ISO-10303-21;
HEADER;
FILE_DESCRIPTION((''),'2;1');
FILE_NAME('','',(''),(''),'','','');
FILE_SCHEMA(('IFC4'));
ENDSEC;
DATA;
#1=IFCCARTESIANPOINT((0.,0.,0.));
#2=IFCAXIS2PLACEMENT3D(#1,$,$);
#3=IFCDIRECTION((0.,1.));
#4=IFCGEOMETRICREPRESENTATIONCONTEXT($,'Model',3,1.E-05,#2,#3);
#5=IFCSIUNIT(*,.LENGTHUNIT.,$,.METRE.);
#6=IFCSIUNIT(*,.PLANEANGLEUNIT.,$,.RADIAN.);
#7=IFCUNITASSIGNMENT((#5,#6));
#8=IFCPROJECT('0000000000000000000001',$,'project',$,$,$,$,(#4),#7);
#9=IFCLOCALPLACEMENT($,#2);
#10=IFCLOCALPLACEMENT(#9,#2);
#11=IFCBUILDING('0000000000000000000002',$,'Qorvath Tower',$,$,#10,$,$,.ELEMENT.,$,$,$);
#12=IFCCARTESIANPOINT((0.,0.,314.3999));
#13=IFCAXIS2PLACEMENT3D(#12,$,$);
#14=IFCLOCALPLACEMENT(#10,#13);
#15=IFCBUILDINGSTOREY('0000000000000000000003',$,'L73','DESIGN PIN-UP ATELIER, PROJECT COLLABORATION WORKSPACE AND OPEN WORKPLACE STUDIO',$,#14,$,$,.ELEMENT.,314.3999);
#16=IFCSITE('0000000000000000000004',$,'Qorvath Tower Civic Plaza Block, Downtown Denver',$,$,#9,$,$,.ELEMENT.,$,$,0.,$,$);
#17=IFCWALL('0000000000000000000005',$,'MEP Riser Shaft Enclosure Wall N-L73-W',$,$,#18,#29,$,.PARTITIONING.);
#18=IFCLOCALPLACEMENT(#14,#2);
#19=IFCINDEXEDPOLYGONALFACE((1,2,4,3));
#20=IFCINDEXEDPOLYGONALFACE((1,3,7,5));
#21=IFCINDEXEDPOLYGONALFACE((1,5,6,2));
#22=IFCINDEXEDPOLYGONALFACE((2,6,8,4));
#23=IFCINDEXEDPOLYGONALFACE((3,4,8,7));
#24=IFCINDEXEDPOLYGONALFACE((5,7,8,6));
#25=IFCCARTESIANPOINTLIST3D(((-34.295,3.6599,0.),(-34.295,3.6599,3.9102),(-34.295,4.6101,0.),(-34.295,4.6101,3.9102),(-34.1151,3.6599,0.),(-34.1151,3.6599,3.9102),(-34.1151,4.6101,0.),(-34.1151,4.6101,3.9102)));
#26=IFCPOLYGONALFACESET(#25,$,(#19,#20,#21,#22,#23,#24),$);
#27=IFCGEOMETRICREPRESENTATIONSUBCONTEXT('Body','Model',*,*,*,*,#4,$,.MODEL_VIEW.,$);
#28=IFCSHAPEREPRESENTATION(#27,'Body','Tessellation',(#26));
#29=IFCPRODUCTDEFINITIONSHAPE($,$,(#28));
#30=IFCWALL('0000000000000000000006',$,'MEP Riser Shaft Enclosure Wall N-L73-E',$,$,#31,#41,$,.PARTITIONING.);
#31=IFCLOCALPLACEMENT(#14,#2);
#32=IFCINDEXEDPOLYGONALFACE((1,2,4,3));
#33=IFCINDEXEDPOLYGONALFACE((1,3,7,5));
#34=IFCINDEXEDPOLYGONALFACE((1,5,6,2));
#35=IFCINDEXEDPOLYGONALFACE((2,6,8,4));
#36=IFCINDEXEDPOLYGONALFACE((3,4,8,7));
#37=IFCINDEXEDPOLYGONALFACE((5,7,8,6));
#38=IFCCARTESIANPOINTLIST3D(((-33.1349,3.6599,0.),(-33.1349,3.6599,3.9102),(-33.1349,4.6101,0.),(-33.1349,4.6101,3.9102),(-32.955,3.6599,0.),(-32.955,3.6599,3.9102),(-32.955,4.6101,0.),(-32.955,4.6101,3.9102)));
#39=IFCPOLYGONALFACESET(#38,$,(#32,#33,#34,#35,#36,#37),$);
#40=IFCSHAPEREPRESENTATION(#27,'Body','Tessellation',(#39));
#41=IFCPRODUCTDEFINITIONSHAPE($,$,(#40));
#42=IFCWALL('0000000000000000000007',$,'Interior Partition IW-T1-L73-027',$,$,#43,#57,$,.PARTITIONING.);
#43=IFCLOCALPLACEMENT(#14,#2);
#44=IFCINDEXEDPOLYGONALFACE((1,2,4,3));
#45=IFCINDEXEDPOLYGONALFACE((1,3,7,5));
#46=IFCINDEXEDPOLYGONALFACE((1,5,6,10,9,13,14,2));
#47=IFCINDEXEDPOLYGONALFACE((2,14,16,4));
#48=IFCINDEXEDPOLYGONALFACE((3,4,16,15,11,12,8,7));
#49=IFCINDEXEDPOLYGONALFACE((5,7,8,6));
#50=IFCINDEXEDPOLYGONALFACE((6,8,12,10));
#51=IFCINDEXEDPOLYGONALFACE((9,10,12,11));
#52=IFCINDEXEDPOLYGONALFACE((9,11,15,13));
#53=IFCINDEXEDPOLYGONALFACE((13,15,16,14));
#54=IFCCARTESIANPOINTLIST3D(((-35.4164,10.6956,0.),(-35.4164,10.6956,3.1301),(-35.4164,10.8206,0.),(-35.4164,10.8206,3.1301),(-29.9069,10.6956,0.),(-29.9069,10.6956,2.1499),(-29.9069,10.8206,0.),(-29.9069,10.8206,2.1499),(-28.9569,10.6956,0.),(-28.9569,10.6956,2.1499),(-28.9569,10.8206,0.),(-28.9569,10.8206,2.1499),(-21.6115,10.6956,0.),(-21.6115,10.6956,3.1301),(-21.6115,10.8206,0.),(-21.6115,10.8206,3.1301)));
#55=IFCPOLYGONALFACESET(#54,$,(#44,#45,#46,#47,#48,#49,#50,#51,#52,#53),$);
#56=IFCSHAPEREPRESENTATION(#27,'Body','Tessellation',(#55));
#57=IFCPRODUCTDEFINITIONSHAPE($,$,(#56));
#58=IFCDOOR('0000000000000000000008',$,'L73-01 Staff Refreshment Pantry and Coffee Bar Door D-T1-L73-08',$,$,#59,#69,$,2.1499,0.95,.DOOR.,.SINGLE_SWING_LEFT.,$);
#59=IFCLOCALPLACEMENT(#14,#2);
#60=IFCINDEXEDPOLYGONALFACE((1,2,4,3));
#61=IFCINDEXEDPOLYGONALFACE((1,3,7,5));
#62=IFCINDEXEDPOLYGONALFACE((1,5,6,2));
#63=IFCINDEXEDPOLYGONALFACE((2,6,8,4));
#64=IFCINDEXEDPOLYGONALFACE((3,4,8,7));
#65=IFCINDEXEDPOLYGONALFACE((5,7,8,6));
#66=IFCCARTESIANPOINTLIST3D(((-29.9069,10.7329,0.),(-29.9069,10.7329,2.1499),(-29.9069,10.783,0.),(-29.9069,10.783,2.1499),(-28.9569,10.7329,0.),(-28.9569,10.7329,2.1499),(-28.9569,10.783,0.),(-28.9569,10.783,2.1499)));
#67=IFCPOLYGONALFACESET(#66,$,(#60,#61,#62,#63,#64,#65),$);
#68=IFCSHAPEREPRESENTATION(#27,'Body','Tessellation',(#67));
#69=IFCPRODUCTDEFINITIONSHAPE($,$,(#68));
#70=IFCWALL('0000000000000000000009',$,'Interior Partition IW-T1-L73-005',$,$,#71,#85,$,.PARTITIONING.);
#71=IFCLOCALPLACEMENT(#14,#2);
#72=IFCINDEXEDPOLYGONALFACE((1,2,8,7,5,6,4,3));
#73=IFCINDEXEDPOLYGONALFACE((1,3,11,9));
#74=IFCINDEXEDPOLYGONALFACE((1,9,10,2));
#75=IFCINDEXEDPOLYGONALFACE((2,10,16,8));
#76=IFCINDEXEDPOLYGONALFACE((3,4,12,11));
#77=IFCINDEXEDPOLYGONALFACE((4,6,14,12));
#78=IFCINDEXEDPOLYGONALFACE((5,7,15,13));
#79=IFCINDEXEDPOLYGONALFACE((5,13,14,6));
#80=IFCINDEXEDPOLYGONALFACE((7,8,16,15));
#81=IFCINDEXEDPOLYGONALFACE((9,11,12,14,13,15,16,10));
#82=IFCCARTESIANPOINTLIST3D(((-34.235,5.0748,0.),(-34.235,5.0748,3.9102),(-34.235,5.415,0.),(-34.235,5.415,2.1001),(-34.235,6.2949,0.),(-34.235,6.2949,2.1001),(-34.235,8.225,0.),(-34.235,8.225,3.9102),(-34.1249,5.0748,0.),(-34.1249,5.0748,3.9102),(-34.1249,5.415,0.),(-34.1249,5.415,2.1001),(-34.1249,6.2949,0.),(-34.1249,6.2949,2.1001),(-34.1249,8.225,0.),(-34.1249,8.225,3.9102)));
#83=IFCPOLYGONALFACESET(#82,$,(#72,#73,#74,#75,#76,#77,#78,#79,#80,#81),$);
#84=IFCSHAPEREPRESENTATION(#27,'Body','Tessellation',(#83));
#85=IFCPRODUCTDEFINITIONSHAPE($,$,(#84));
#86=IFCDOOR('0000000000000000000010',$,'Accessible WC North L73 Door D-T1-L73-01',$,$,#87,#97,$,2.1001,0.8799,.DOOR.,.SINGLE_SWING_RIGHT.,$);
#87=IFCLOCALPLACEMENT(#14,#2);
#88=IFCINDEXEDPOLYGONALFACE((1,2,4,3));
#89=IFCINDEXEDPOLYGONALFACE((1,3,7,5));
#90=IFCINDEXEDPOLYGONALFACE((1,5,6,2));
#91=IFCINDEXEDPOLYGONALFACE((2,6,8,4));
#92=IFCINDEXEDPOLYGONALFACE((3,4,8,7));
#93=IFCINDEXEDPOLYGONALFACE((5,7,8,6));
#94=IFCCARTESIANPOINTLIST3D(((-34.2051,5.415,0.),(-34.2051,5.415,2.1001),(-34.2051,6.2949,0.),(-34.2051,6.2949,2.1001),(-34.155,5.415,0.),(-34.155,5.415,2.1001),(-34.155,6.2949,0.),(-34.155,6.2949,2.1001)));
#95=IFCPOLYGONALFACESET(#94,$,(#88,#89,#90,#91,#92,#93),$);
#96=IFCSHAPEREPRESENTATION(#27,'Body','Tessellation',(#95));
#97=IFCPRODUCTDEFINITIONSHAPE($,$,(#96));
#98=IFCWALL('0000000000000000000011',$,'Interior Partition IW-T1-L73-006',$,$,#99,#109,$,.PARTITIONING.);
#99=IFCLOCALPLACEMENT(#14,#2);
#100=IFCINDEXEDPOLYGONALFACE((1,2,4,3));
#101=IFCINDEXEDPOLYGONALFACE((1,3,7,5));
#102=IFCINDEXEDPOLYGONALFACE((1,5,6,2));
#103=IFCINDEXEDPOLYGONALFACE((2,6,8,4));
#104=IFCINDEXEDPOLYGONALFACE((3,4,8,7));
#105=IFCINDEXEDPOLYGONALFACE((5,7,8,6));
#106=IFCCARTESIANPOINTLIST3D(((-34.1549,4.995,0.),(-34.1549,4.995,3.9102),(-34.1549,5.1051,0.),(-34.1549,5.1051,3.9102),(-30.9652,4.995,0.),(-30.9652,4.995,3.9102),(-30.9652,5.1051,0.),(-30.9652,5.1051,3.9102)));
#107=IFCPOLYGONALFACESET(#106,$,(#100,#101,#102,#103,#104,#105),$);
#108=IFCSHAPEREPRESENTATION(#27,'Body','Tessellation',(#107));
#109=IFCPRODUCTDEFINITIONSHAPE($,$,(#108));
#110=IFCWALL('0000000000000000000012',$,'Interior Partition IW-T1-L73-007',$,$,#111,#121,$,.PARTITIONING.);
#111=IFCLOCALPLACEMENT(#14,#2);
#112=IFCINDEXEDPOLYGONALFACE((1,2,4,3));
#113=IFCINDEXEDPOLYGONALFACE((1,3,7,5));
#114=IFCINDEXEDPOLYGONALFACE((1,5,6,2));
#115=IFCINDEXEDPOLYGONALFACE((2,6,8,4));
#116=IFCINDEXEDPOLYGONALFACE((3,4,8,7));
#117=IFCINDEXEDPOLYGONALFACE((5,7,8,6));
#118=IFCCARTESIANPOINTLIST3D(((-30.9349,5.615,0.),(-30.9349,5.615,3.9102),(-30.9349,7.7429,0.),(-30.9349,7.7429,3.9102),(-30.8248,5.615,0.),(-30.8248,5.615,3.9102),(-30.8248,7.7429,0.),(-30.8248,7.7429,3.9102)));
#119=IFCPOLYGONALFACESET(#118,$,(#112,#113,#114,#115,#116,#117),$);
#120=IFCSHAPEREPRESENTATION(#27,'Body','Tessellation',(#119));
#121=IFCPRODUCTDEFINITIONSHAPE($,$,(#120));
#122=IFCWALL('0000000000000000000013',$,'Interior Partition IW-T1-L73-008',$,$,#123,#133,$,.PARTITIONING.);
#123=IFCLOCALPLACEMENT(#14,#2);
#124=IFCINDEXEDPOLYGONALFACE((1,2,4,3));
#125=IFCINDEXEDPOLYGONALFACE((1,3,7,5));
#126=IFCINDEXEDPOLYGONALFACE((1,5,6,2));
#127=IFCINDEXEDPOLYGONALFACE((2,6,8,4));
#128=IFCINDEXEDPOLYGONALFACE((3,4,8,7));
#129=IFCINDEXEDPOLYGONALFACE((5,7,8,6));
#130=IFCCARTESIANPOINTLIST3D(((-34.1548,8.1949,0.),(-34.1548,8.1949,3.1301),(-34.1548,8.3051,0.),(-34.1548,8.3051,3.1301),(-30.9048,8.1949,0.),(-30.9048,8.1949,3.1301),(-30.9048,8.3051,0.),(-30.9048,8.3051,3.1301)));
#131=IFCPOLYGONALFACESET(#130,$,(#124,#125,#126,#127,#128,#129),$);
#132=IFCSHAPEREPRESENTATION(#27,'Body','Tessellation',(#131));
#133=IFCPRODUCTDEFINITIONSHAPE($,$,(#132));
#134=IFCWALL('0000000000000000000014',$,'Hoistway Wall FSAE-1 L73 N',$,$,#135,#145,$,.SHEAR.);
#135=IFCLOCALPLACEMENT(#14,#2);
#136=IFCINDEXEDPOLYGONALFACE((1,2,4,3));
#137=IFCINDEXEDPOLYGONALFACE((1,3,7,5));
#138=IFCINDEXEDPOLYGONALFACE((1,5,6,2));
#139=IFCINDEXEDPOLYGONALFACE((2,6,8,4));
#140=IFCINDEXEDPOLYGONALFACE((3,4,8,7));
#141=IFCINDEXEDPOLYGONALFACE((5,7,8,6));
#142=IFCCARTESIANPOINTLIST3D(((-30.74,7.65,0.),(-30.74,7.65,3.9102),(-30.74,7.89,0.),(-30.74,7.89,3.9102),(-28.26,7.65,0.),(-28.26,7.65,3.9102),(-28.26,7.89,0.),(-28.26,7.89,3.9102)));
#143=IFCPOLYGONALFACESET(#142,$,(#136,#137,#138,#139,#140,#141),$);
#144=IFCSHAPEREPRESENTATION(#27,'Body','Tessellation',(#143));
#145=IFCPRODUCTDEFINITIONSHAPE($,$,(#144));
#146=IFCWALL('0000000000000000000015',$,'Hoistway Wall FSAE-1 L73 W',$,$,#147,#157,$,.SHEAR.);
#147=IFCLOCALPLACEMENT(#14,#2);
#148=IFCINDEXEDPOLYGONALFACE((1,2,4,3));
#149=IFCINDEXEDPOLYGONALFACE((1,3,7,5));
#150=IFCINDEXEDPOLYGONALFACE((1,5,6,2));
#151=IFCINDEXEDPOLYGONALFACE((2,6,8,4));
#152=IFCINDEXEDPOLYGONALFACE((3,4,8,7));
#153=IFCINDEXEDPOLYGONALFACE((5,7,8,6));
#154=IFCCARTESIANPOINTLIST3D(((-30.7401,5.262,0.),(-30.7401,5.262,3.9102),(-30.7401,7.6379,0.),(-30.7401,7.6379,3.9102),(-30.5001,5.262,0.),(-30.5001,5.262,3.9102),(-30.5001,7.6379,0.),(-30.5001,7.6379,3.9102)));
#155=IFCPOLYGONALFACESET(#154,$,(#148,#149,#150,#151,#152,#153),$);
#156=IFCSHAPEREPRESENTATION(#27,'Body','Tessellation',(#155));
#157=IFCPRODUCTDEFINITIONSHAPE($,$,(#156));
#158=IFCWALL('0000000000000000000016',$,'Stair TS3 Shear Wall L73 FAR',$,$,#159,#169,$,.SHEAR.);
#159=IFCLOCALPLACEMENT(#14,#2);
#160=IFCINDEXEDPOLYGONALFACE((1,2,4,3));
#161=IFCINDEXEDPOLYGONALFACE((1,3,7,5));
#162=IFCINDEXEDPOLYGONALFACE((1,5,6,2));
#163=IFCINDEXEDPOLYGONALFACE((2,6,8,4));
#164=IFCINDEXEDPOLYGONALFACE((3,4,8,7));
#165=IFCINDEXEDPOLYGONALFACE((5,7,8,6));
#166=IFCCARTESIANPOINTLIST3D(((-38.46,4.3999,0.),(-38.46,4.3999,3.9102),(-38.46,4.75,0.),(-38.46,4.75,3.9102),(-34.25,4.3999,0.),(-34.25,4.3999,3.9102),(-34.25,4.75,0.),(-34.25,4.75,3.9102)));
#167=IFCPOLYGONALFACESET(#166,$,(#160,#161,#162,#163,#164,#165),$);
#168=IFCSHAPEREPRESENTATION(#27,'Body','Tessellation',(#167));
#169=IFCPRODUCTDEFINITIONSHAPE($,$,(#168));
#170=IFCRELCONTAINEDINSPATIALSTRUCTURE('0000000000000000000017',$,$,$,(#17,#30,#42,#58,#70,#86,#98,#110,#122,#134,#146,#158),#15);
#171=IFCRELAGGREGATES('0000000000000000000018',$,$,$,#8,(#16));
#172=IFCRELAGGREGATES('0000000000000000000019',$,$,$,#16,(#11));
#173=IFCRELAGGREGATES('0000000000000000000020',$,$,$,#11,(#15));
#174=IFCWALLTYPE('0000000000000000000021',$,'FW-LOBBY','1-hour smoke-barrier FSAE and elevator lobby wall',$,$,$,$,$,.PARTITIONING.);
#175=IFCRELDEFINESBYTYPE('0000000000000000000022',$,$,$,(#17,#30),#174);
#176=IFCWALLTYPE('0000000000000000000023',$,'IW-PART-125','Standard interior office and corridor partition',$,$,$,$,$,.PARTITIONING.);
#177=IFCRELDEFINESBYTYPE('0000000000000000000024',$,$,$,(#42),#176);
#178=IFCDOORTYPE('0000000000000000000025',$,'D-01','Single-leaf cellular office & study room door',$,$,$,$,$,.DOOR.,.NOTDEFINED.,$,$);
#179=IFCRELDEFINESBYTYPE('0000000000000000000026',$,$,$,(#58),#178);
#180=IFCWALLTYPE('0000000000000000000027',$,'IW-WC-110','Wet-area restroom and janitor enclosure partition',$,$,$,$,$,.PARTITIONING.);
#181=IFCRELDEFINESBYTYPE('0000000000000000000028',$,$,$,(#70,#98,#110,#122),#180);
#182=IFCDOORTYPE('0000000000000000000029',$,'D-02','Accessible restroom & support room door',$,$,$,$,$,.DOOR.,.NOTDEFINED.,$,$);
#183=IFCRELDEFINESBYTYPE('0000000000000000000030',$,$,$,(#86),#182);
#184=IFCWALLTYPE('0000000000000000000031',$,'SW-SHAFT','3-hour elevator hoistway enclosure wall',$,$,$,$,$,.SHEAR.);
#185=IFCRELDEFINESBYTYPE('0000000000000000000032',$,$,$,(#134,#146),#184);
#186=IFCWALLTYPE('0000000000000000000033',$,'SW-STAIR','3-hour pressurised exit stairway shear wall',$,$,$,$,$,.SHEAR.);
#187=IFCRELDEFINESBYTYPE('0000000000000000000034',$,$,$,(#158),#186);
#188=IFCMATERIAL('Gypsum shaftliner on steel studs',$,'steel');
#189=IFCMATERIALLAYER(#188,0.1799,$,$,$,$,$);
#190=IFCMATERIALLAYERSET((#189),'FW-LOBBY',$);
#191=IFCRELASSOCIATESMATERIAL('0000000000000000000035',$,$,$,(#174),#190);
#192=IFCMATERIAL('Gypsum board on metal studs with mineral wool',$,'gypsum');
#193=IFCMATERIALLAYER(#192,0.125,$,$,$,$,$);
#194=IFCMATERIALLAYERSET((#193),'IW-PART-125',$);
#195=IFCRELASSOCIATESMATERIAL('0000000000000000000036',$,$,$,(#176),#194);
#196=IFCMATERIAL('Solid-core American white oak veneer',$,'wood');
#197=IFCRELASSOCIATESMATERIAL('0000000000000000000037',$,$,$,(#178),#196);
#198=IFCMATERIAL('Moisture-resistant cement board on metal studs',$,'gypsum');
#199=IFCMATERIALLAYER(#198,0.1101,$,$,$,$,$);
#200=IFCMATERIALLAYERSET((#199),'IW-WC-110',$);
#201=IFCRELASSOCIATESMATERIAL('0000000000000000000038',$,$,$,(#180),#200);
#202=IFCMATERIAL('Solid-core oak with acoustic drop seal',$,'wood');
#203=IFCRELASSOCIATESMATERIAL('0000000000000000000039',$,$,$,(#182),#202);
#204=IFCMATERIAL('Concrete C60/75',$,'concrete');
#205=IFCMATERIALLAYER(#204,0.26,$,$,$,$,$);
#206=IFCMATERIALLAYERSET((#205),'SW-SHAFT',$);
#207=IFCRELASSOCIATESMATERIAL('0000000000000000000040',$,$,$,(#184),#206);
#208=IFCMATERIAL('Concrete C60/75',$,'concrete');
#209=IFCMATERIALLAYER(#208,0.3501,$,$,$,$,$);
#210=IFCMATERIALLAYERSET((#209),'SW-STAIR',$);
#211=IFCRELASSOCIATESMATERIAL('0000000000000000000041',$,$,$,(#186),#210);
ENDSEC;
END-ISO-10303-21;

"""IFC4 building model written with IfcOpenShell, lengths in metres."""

from ifc_helpers import new_model, si_unit, direction, frame, frame_2d, origin, place, context, subcontext, project, spatial, rectangle, extrude, material, layer, layer_set, type_object, element, fill, save


model = new_model("IFC4")

# Units and contexts
model_context = context("Model", 3, precision=1e-05, world=origin(), true_north=direction((0.0, 1.0)))
body_context = subcontext(model_context, "Body", "Model", "MODEL_VIEW")
ifc_project = project(units=[si_unit("LENGTHUNIT", "METRE"), si_unit("PLANEANGLEUNIT", "RADIAN")], contexts=[model_context])

# Site, building, storey
site_placement = place(None, origin())
site = spatial("IfcSite", under=ifc_project, at=site_placement, Name="Qorvath Tower Civic Plaza Block, Downtown Denver", CompositionType="ELEMENT", RefElevation=0.0)
building_placement = place(site_placement, origin())
building = spatial("IfcBuilding", under=site, at=building_placement, Name="Qorvath Tower", CompositionType="ELEMENT")
storey_placement = place(building_placement, frame((0.0, 0.0, 314.3999)))
storey = spatial("IfcBuildingStorey", under=building, at=storey_placement, Name="L73", Description="DESIGN PIN-UP ATELIER, PROJECT COLLABORATION WORKSPACE AND OPEN WORKPLACE STUDIO", CompositionType="ELEMENT", Elevation=314.3999)

# Walls
ifc_material_1 = material(Name="Gypsum shaftliner on steel studs", Category="steel")
ifc_layer_1 = layer(ifc_material_1, 0.1799)
ifc_layer_set_1 = layer_set([ifc_layer_1], Name="FW-LOBBY")
wall_type_1 = type_object("IfcWallType", Name="FW-LOBBY", Description="1-hour smoke-barrier FSAE and elevator lobby wall", PredefinedType="PARTITIONING", material=ifc_layer_set_1)
for number, where, z_axis, x_axis, name in (
    (1, (-34.2051, 3.6599, 0.0), (0.0, 0.0, 1.0), (0.0, 1.0, 0.0), "MEP Riser Shaft Enclosure Wall N-L73-W"),
    (2, (-33.0449, 4.6101, 0.0), (0.0, 0.0, 1.0), (0.0, -1.0, 0.0), "MEP Riser Shaft Enclosure Wall N-L73-E"),
):
    element("IfcWall", number, at=place(storey_placement, frame(where, z_axis=z_axis, x_axis=x_axis)), inside=storey, type_object=wall_type_1, Name=name, PredefinedType="PARTITIONING", context=body_context, shape_type="SweptSolid", body=[
        extrude(rectangle(XDim=0.9502, YDim=0.1799, at=frame_2d((0.4751, 0.0))), origin(), (0.0, 0.0, 1.0), 3.9102),
    ])

# Walls, openings, doors
ifc_material_2 = material(Name="Gypsum board on metal studs with mineral wool", Category="gypsum")
ifc_layer_2 = layer(ifc_material_2, 0.125)
ifc_layer_set_2 = layer_set([ifc_layer_2], Name="IW-PART-125")
wall_type_2 = type_object("IfcWallType", Name="IW-PART-125", Description="Standard interior office and corridor partition", PredefinedType="PARTITIONING", material=ifc_layer_set_2)
wall_1_placement = place(storey_placement, frame((-35.4163, 10.7581, 0.0), z_axis=(0.0, 0.0, 1.0), x_axis=(1.0, 0.0, 0.0)))
wall_1 = element("IfcWall", 3, at=wall_1_placement, inside=storey, type_object=wall_type_2, Name="Interior Partition IW-T1-L73-027", PredefinedType="PARTITIONING", context=body_context, shape_type="SweptSolid", body=[
    extrude(rectangle(XDim=13.8049, YDim=0.125, at=frame_2d((6.9023, 0.0))), origin(), (0.0, 0.0, 1.0), 3.1301),
])
opening_1_placement = place(wall_1_placement, frame((5.5093, 0.0, 0.0)))
opening_1 = element("IfcOpeningElement", 4, at=opening_1_placement, cuts=wall_1, PredefinedType="OPENING", context=body_context, shape_type="SweptSolid", body=[
    extrude(rectangle(XDim=0.95, YDim=2.1499, at=frame_2d((0.4751, 1.075))), frame((0.0, 0.0725, 0.0), z_axis=(0.0, -1.0, 0.0), x_axis=(1.0, 0.0, 0.0)), (0.0, 0.0, 1.0), 0.145),
])
ifc_material_3 = material(Name="Solid-core American white oak veneer", Category="wood")
door_type_1 = type_object("IfcDoorType", Name="D-01", Description="Single-leaf cellular office & study room door", OperationType="NOTDEFINED", PredefinedType="DOOR", material=ifc_material_3)
door_1_placement = place(opening_1_placement, origin())
door_1 = element("IfcDoor", 5, at=door_1_placement, inside=storey, type_object=door_type_1, Name="L73-01 Staff Refreshment Pantry and Coffee Bar Door D-T1-L73-08", OperationType="SINGLE_SWING_LEFT", OverallHeight=2.1499, OverallWidth=0.95, PredefinedType="DOOR", context=body_context, shape_type="SweptSolid", body=[
    extrude(rectangle(XDim=0.95, YDim=2.1499, at=frame_2d((0.4751, 1.075))), frame((0.0, 0.0249, 0.0), z_axis=(0.0, -1.0, 0.0), x_axis=(1.0, 0.0, 0.0)), (0.0, 0.0, 1.0), 0.05),
])
fill(opening_1, door_1)
ifc_material_4 = material(Name="Moisture-resistant cement board on metal studs", Category="gypsum")
ifc_layer_3 = layer(ifc_material_4, 0.1101)
ifc_layer_set_3 = layer_set([ifc_layer_3], Name="IW-WC-110")
wall_type_3 = type_object("IfcWallType", Name="IW-WC-110", Description="Wet-area restroom and janitor enclosure partition", PredefinedType="PARTITIONING", material=ifc_layer_set_3)
wall_2_placement = place(storey_placement, frame((-34.1799, 8.2251, 0.0), z_axis=(0.0, 0.0, 1.0), x_axis=(0.0, -1.0, 0.0)))
wall_2 = element("IfcWall", 6, at=wall_2_placement, inside=storey, type_object=wall_type_3, Name="Interior Partition IW-T1-L73-005", PredefinedType="PARTITIONING", context=body_context, shape_type="SweptSolid", body=[
    extrude(rectangle(XDim=3.1501, YDim=0.1101, at=frame_2d((1.5752, 0.0))), origin(), (0.0, 0.0, 1.0), 3.9102),
])
opening_2_placement = place(wall_2_placement, frame((1.9302, 0.0, 0.0)))
opening_2 = element("IfcOpeningElement", 7, at=opening_2_placement, cuts=wall_2, PredefinedType="OPENING", context=body_context, shape_type="SweptSolid", body=[
    extrude(rectangle(XDim=0.8799, YDim=2.1001, at=frame_2d((0.4399, 1.05))), frame((0.0, 0.0649, 0.0), z_axis=(0.0, -1.0, 0.0), x_axis=(1.0, 0.0, 0.0)), (0.0, 0.0, 1.0), 0.1301),
])
ifc_material_5 = material(Name="Solid-core oak with acoustic drop seal", Category="wood")
door_type_2 = type_object("IfcDoorType", Name="D-02", Description="Accessible restroom & support room door", OperationType="NOTDEFINED", PredefinedType="DOOR", material=ifc_material_5)
door_2_placement = place(opening_2_placement, origin())
door_2 = element("IfcDoor", 8, at=door_2_placement, inside=storey, type_object=door_type_2, Name="Accessible WC North L73 Door D-T1-L73-01", OperationType="SINGLE_SWING_RIGHT", OverallHeight=2.1001, OverallWidth=0.8799, PredefinedType="DOOR", context=body_context, shape_type="SweptSolid", body=[
    extrude(rectangle(XDim=0.8799, YDim=2.1001, at=frame_2d((0.4399, 1.05))), frame((0.0, 0.0249, 0.0), z_axis=(0.0, -1.0, 0.0), x_axis=(1.0, 0.0, 0.0)), (0.0, 0.0, 1.0), 0.05),
])
fill(opening_2, door_2)

# Walls
wall_3_placement = place(storey_placement, frame((-34.1548, 5.05, 0.0), z_axis=(0.0, 0.0, 1.0), x_axis=(1.0, 0.0, 0.0)))
element("IfcWall", 9, at=wall_3_placement, inside=storey, type_object=wall_type_3, Name="Interior Partition IW-T1-L73-006", PredefinedType="PARTITIONING", context=body_context, shape_type="SweptSolid", body=[
    extrude(rectangle(XDim=3.1897, YDim=0.1101, at=frame_2d((1.5947, 0.0))), origin(), (0.0, 0.0, 1.0), 3.9102),
])
wall_4_placement = place(storey_placement, frame((-30.8799, 5.615, 0.0), z_axis=(0.0, 0.0, 1.0), x_axis=(0.0, 1.0, 0.0)))
element("IfcWall", 10, at=wall_4_placement, inside=storey, type_object=wall_type_3, Name="Interior Partition IW-T1-L73-007", PredefinedType="PARTITIONING", context=body_context, shape_type="SweptSolid", body=[
    extrude(rectangle(XDim=2.1279, YDim=0.1101, at=frame_2d((1.064, 0.0))), origin(), (0.0, 0.0, 1.0), 3.9102),
])
wall_5_placement = place(storey_placement, frame((-30.9048, 8.25, 0.0), z_axis=(0.0, 0.0, 1.0), x_axis=(-1.0, 0.0, 0.0)))
element("IfcWall", 11, at=wall_5_placement, inside=storey, type_object=wall_type_3, Name="Interior Partition IW-T1-L73-008", PredefinedType="PARTITIONING", context=body_context, shape_type="SweptSolid", body=[
    extrude(rectangle(XDim=3.25, YDim=0.1101, at=frame_2d((1.625, 0.0))), origin(), (0.0, 0.0, 1.0), 3.1301),
])
ifc_material_6 = material(Name="Concrete C60/75", Category="concrete")
ifc_layer_4 = layer(ifc_material_6, 0.26)
ifc_layer_set_4 = layer_set([ifc_layer_4], Name="SW-SHAFT")
wall_type_4 = type_object("IfcWallType", Name="SW-SHAFT", Description="3-hour elevator hoistway enclosure wall", PredefinedType="SHEAR", material=ifc_layer_set_4)
wall_6_placement = place(storey_placement, frame((-30.74, 7.77, 0.0), z_axis=(0.0, 0.0, 1.0), x_axis=(1.0, 0.0, 0.0)))
element("IfcWall", 12, at=wall_6_placement, inside=storey, type_object=wall_type_4, Name="Hoistway Wall FSAE-1 L73 N", PredefinedType="SHEAR", context=body_context, shape_type="SweptSolid", body=[
    extrude(rectangle(XDim=2.48, YDim=0.24, at=frame_2d((1.24, 0.0))), origin(), (0.0, 0.0, 1.0), 3.9102),
])
wall_7_placement = place(storey_placement, frame((-30.6201, 5.262, 0.0), z_axis=(0.0, 0.0, 1.0), x_axis=(0.0, 1.0, 0.0)))
element("IfcWall", 13, at=wall_7_placement, inside=storey, type_object=wall_type_4, Name="Hoistway Wall FSAE-1 L73 W", PredefinedType="SHEAR", context=body_context, shape_type="SweptSolid", body=[
    extrude(rectangle(XDim=2.376, YDim=0.24, at=frame_2d((1.188, 0.0))), origin(), (0.0, 0.0, 1.0), 3.9102),
])
ifc_material_7 = material(Name="Concrete C60/75", Category="concrete")
ifc_layer_5 = layer(ifc_material_7, 0.3501)
ifc_layer_set_5 = layer_set([ifc_layer_5], Name="SW-STAIR")
wall_type_5 = type_object("IfcWallType", Name="SW-STAIR", Description="3-hour pressurised exit stairway shear wall", PredefinedType="SHEAR", material=ifc_layer_set_5)
wall_8_placement = place(storey_placement, frame((-34.25, 4.575, 0.0), z_axis=(0.0, 0.0, 1.0), x_axis=(-1.0, 0.0, 0.0)))
element("IfcWall", 14, at=wall_8_placement, inside=storey, type_object=wall_type_5, Name="Stair TS3 Shear Wall L73 FAR", PredefinedType="SHEAR", context=body_context, shape_type="SweptSolid", body=[
    extrude(rectangle(XDim=4.21, YDim=0.3501, at=frame_2d((2.105, 0.0))), origin(), (0.0, 0.0, 1.0), 3.9102),
])

save(model, "model.ifc")
